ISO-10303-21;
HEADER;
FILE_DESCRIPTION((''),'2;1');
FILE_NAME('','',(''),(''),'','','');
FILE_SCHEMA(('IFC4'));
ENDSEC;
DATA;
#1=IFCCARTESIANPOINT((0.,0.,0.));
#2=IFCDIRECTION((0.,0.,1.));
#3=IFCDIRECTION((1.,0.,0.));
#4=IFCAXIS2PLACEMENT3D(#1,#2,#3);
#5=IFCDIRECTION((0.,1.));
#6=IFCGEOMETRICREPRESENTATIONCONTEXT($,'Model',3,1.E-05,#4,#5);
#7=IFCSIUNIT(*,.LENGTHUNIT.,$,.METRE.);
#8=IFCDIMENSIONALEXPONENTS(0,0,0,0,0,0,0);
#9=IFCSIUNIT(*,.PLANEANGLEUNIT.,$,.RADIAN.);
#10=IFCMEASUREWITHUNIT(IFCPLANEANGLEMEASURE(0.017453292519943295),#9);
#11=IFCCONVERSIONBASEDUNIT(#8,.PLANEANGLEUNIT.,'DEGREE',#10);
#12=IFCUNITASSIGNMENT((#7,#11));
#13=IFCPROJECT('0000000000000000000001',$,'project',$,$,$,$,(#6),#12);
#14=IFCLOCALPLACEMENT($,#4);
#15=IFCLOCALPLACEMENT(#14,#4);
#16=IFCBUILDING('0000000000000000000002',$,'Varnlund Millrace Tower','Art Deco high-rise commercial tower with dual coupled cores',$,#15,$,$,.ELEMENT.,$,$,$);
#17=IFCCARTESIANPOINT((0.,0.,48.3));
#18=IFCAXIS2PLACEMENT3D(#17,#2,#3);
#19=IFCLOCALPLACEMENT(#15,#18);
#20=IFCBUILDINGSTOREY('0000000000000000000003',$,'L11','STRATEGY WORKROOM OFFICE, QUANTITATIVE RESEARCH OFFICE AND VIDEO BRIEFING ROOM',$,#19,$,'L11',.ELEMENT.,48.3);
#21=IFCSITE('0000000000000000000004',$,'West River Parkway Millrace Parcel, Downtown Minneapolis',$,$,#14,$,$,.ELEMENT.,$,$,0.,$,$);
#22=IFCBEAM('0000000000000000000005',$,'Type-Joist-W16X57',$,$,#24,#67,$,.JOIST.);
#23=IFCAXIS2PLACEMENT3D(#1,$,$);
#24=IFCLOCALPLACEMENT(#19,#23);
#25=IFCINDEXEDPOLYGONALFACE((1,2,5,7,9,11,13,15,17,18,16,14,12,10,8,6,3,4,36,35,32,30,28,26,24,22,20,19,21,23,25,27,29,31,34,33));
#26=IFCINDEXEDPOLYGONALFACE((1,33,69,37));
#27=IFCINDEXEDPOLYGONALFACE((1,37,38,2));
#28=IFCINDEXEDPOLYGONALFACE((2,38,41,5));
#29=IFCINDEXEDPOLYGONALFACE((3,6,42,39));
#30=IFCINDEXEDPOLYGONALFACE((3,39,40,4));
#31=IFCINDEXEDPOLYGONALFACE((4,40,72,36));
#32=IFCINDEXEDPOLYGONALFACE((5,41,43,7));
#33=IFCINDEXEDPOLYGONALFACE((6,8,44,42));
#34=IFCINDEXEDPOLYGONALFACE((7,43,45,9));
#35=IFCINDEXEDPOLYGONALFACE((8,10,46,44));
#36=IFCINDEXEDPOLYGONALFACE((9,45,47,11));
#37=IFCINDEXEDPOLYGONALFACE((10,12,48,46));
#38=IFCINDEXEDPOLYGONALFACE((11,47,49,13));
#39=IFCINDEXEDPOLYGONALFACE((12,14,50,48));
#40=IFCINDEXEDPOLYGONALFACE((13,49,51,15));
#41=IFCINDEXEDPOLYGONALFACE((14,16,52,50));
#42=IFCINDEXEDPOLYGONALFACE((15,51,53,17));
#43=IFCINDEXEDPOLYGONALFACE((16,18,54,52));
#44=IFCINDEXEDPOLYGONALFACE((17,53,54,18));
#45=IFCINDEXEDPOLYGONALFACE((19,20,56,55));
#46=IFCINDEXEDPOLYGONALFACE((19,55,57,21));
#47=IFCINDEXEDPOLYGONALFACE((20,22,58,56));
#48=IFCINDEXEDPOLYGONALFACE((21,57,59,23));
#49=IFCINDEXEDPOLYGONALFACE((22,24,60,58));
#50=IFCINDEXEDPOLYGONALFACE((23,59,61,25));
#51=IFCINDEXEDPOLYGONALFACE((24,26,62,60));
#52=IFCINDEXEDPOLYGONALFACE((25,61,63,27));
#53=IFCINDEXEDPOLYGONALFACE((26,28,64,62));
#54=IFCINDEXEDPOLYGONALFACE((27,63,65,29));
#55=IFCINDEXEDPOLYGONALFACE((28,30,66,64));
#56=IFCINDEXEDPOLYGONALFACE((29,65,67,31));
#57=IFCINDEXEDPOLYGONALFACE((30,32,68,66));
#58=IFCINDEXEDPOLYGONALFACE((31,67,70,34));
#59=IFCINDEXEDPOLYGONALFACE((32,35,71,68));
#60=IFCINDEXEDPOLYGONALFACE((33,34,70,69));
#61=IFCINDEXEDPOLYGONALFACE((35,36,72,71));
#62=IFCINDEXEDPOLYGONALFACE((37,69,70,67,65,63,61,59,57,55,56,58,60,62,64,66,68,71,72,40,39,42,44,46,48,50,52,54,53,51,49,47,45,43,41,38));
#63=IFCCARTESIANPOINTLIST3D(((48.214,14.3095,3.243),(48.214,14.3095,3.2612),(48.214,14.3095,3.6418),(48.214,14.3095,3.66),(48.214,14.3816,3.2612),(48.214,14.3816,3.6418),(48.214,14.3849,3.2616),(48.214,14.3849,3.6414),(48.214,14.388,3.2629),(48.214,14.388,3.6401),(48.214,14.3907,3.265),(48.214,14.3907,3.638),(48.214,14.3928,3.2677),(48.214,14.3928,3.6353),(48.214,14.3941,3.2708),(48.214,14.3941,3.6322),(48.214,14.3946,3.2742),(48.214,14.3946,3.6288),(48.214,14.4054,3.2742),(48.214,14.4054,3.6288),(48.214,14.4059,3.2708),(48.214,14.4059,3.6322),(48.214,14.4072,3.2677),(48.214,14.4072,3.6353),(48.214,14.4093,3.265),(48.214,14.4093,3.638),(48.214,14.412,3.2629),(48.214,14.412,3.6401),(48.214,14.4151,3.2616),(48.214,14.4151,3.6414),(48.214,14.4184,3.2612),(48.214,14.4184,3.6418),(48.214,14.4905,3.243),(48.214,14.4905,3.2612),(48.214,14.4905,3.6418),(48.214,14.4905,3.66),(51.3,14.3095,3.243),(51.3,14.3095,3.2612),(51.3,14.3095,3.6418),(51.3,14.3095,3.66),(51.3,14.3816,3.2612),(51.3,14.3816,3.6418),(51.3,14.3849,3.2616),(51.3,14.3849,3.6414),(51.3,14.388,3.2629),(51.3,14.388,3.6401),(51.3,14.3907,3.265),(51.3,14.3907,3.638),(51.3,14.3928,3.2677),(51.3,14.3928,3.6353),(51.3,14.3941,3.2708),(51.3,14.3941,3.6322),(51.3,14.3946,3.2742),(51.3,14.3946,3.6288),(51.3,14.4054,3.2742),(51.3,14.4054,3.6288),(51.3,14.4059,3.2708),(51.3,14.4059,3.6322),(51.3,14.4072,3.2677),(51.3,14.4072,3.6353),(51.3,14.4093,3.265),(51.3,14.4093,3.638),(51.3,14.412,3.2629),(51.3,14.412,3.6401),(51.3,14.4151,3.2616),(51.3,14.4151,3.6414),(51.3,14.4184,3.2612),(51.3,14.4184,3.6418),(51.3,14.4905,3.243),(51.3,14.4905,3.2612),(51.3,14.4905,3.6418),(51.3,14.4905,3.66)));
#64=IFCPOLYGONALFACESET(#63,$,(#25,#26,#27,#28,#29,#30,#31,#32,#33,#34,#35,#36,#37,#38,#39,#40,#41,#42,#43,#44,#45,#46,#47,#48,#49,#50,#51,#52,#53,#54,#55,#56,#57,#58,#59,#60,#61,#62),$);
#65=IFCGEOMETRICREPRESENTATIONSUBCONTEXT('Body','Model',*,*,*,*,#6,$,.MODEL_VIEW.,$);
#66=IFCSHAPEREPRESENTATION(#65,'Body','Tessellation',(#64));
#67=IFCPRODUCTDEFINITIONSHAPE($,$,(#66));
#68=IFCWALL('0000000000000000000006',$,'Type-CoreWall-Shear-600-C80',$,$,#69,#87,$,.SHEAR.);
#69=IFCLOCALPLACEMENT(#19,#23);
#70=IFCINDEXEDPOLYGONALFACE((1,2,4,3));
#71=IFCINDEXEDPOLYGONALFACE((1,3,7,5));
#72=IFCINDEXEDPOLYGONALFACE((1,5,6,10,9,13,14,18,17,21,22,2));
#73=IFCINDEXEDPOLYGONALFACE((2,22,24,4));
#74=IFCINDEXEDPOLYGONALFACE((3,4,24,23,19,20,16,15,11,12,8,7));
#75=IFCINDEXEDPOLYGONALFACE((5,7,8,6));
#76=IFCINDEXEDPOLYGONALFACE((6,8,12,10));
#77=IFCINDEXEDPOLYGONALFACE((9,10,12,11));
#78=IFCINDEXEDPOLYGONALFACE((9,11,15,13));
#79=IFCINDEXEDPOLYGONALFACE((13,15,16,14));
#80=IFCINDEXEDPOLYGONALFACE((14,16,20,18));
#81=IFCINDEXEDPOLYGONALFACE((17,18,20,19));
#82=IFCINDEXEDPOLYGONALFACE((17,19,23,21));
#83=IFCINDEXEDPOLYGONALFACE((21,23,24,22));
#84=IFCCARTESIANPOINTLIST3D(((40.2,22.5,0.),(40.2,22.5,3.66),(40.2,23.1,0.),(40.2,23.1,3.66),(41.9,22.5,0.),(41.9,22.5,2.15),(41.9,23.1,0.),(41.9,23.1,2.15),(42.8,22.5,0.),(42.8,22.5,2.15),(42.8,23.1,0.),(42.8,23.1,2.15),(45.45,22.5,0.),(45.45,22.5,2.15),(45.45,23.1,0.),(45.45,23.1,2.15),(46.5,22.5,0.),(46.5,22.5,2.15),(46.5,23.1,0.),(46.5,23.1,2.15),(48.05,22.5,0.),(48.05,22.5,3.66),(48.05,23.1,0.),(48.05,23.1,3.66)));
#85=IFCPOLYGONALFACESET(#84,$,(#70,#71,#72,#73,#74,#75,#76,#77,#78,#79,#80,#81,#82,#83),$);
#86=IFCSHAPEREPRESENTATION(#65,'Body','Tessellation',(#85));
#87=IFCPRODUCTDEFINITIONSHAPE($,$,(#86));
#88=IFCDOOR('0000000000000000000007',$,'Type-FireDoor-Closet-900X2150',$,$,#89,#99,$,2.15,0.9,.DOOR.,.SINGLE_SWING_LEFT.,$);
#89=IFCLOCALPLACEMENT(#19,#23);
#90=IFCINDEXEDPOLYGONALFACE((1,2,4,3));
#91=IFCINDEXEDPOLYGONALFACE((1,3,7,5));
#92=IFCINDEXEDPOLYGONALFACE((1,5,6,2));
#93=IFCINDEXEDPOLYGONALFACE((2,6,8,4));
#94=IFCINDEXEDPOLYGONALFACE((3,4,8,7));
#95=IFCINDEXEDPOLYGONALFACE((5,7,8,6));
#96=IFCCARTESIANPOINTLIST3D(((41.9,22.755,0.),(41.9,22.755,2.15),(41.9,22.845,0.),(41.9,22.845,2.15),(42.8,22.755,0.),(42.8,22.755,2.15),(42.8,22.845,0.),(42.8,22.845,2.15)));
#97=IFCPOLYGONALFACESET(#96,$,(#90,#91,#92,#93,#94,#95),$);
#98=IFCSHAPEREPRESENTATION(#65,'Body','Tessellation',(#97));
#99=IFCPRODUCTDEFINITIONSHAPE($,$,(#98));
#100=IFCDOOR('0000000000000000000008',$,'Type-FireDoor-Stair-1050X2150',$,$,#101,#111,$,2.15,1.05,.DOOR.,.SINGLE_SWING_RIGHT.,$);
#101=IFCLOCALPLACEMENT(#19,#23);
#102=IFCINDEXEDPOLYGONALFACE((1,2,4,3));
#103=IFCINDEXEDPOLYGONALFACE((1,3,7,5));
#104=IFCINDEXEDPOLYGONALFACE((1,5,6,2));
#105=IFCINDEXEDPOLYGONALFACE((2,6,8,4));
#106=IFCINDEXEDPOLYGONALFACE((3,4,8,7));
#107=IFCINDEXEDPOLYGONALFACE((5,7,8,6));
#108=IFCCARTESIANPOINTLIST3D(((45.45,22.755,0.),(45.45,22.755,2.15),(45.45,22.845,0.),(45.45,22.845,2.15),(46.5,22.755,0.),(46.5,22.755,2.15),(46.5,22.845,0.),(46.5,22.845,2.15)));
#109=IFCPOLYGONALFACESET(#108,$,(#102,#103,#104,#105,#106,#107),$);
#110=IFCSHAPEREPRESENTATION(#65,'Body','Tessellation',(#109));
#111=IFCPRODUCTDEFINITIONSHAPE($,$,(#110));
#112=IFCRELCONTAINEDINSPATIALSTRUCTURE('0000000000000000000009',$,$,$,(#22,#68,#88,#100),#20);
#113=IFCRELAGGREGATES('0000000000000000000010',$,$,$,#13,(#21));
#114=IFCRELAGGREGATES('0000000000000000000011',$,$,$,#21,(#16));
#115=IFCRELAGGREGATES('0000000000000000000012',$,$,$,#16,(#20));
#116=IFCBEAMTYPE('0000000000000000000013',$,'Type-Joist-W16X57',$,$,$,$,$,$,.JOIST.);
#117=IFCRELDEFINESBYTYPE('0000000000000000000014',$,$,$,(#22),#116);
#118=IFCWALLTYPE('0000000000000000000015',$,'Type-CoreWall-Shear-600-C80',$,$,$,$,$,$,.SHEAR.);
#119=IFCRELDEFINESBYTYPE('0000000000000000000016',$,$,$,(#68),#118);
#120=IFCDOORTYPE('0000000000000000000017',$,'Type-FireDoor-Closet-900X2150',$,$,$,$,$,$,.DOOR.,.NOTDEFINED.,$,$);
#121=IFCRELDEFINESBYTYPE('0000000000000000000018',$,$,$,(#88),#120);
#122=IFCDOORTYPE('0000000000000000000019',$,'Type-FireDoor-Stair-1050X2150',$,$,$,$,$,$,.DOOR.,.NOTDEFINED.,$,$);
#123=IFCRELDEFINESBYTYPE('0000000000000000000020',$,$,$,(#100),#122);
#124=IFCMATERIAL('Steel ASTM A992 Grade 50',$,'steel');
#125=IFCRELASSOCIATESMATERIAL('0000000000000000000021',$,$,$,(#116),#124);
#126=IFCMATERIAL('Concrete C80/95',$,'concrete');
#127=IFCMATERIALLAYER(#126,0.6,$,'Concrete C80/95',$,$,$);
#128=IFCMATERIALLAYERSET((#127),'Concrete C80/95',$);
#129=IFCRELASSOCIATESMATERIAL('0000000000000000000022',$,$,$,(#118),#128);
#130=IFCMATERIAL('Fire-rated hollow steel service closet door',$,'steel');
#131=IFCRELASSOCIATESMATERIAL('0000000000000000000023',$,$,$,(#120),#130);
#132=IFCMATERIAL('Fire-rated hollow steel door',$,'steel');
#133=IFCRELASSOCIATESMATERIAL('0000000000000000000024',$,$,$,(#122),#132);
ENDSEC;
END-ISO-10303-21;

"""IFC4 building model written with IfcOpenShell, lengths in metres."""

from ifc_helpers import new_model, entity, si_unit, converted_unit, direction, frame, origin_with_axes, origin_2d_with_axis, place, context, subcontext, project, spatial, polyline, rectangle, i_section, outline, extrude, material, layer, layer_set, material_profile, profile_set, type_object, element, fill, save


model = new_model("IFC4")

# Units and contexts
model_context = context("Model", 3, precision=1e-05, world=origin_with_axes(), true_north=direction((0.0, 1.0)))
body_context = subcontext(model_context, "Body", "Model", "MODEL_VIEW")
ifc_project = project(units=[si_unit("LENGTHUNIT", "METRE"), converted_unit("PLANEANGLEUNIT", "DEGREE", entity("IfcPlaneAngleMeasure", 0.017453292519943295), si_unit("PLANEANGLEUNIT", "RADIAN"), dimensions=[0, 0, 0, 0, 0, 0, 0])], contexts=[model_context])

# Site, building, storey
site_placement = place(None, origin_with_axes())
site = spatial("IfcSite", under=ifc_project, at=site_placement, Name="West River Parkway Millrace Parcel, Downtown Minneapolis", CompositionType="ELEMENT", RefElevation=0.0)
building_placement = place(site_placement, origin_with_axes())
building = spatial("IfcBuilding", under=site, at=building_placement, Name="Varnlund Millrace Tower", Description="Art Deco high-rise commercial tower with dual coupled cores", CompositionType="ELEMENT")
storey_placement = place(building_placement, frame((0.0, 0.0, 48.3), z_axis=(0.0, 0.0, 1.0), x_axis=(1.0, 0.0, 0.0)))
storey = spatial("IfcBuildingStorey", under=building, at=storey_placement, Name="L11", Description="STRATEGY WORKROOM OFFICE, QUANTITATIVE RESEARCH OFFICE AND VIDEO BRIEFING ROOM", LongName="L11", CompositionType="ELEMENT", Elevation=48.3)

# Shared definitions
ifc_material_1 = material(Name="Concrete C80/95", Category="concrete")

# Beam
ifc_material_2 = material(Name="Steel ASTM A992 Grade 50", Category="steel")
ifc_material_profile_1 = material_profile(ifc_material_2, i_section(OverallWidth=0.181, OverallDepth=0.417, WebThickness=0.0109, FlangeThickness=0.0182, FilletRadius=0.013, at=origin_2d_with_axis()), Name="Steel ASTM A992 Grade 50")
ifc_profile_set_1 = profile_set([ifc_material_profile_1], Name="Steel ASTM A992 Grade 50")
beam_type_1 = type_object("IfcBeamType", Name="Type-Joist-W16X57", PredefinedType="JOIST", material=ifc_profile_set_1)
beam_1_placement = place(storey_placement, frame((48.214, 14.4, 3.4515), z_axis=(1.0, 0.0, 0.0), x_axis=(0.0, 1.0, 0.0)))
element("IfcBeam", 1, at=beam_1_placement, inside=storey, type_object=beam_type_1, Name="Type-Joist-W16X57", PredefinedType="JOIST", context=body_context, shape_type="SweptSolid", body=[
    extrude(i_section(OverallWidth=0.181, OverallDepth=0.417, WebThickness=0.0109, FlangeThickness=0.0182, FilletRadius=0.013, at=origin_2d_with_axis()), origin_with_axes(), (0.0, 0.0, 1.0), 3.086),
])

# Wall, openings, doors
ifc_layer_1 = layer(ifc_material_1, 0.6, Name="Concrete C80/95")
ifc_layer_set_1 = layer_set([ifc_layer_1], Name="Concrete C80/95")
wall_type_1 = type_object("IfcWallType", Name="Type-CoreWall-Shear-600-C80", PredefinedType="SHEAR", material=ifc_layer_set_1)
wall_1_placement = place(storey_placement, frame((40.2, 22.8, 0.0), z_axis=(0.0, 0.0, 1.0), x_axis=(1.0, 0.0, 0.0)))
wall_1 = element("IfcWall", 2, at=wall_1_placement, inside=storey, type_object=wall_type_1, Name="Type-CoreWall-Shear-600-C80", PredefinedType="SHEAR", context=body_context, shape_type="SweptSolid", body=[
    extrude(outline(polyline([(0.0, -0.3), (7.85, -0.3), (7.85, 0.3), (0.0, 0.3), (0.0, -0.3)])), origin_with_axes(), (0.0, 0.0, 1.0), 3.66),
])
opening_1_placement = place(wall_1_placement, frame((5.775, 0.0, 0.0), z_axis=(0.0, 0.0, 1.0), x_axis=(1.0, 0.0, 0.0)))
opening_1 = element("IfcOpeningElement", 3, at=opening_1_placement, cuts=wall_1, PredefinedType="OPENING", context=body_context, shape_type="SweptSolid", body=[
    extrude(rectangle(XDim=1.05, YDim=0.62, at=origin_2d_with_axis()), origin_with_axes(), (0.0, 0.0, 1.0), 2.15),
])
opening_2_placement = place(wall_1_placement, frame((2.15, 0.0, 0.0), z_axis=(0.0, 0.0, 1.0), x_axis=(1.0, 0.0, 0.0)))
opening_2 = element("IfcOpeningElement", 4, at=opening_2_placement, cuts=wall_1, PredefinedType="OPENING", context=body_context, shape_type="SweptSolid", body=[
    extrude(rectangle(XDim=0.9, YDim=0.62, at=origin_2d_with_axis()), origin_with_axes(), (0.0, 0.0, 1.0), 2.15),
])
ifc_material_3 = material(Name="Fire-rated hollow steel service closet door", Category="steel")
door_type_1 = type_object("IfcDoorType", Name="Type-FireDoor-Closet-900X2150", OperationType="NOTDEFINED", PredefinedType="DOOR", material=ifc_material_3)
door_1_placement = place(wall_1_placement, frame((2.15, 0.0, 0.0), z_axis=(0.0, 0.0, 1.0), x_axis=(1.0, 0.0, 0.0)))
door_1 = element("IfcDoor", 5, at=door_1_placement, inside=storey, type_object=door_type_1, Name="Type-FireDoor-Closet-900X2150", OperationType="SINGLE_SWING_LEFT", OverallHeight=2.15, OverallWidth=0.9, PredefinedType="DOOR", context=body_context, shape_type="SweptSolid", body=[
    extrude(rectangle(XDim=0.9, YDim=0.09, at=origin_2d_with_axis()), origin_with_axes(), (0.0, 0.0, 1.0), 2.15),
])
fill(opening_2, door_1)
ifc_material_4 = material(Name="Fire-rated hollow steel door", Category="steel")
door_type_2 = type_object("IfcDoorType", Name="Type-FireDoor-Stair-1050X2150", OperationType="NOTDEFINED", PredefinedType="DOOR", material=ifc_material_4)
door_2_placement = place(wall_1_placement, frame((5.775, 0.0, 0.0), z_axis=(0.0, 0.0, 1.0), x_axis=(1.0, 0.0, 0.0)))
door_2 = element("IfcDoor", 6, at=door_2_placement, inside=storey, type_object=door_type_2, Name="Type-FireDoor-Stair-1050X2150", OperationType="SINGLE_SWING_RIGHT", OverallHeight=2.15, OverallWidth=1.05, PredefinedType="DOOR", context=body_context, shape_type="SweptSolid", body=[
    extrude(rectangle(XDim=1.05, YDim=0.09, at=origin_2d_with_axis()), origin_with_axes(), (0.0, 0.0, 1.0), 2.15),
])
fill(opening_1, door_2)

save(model, "model.ifc")
